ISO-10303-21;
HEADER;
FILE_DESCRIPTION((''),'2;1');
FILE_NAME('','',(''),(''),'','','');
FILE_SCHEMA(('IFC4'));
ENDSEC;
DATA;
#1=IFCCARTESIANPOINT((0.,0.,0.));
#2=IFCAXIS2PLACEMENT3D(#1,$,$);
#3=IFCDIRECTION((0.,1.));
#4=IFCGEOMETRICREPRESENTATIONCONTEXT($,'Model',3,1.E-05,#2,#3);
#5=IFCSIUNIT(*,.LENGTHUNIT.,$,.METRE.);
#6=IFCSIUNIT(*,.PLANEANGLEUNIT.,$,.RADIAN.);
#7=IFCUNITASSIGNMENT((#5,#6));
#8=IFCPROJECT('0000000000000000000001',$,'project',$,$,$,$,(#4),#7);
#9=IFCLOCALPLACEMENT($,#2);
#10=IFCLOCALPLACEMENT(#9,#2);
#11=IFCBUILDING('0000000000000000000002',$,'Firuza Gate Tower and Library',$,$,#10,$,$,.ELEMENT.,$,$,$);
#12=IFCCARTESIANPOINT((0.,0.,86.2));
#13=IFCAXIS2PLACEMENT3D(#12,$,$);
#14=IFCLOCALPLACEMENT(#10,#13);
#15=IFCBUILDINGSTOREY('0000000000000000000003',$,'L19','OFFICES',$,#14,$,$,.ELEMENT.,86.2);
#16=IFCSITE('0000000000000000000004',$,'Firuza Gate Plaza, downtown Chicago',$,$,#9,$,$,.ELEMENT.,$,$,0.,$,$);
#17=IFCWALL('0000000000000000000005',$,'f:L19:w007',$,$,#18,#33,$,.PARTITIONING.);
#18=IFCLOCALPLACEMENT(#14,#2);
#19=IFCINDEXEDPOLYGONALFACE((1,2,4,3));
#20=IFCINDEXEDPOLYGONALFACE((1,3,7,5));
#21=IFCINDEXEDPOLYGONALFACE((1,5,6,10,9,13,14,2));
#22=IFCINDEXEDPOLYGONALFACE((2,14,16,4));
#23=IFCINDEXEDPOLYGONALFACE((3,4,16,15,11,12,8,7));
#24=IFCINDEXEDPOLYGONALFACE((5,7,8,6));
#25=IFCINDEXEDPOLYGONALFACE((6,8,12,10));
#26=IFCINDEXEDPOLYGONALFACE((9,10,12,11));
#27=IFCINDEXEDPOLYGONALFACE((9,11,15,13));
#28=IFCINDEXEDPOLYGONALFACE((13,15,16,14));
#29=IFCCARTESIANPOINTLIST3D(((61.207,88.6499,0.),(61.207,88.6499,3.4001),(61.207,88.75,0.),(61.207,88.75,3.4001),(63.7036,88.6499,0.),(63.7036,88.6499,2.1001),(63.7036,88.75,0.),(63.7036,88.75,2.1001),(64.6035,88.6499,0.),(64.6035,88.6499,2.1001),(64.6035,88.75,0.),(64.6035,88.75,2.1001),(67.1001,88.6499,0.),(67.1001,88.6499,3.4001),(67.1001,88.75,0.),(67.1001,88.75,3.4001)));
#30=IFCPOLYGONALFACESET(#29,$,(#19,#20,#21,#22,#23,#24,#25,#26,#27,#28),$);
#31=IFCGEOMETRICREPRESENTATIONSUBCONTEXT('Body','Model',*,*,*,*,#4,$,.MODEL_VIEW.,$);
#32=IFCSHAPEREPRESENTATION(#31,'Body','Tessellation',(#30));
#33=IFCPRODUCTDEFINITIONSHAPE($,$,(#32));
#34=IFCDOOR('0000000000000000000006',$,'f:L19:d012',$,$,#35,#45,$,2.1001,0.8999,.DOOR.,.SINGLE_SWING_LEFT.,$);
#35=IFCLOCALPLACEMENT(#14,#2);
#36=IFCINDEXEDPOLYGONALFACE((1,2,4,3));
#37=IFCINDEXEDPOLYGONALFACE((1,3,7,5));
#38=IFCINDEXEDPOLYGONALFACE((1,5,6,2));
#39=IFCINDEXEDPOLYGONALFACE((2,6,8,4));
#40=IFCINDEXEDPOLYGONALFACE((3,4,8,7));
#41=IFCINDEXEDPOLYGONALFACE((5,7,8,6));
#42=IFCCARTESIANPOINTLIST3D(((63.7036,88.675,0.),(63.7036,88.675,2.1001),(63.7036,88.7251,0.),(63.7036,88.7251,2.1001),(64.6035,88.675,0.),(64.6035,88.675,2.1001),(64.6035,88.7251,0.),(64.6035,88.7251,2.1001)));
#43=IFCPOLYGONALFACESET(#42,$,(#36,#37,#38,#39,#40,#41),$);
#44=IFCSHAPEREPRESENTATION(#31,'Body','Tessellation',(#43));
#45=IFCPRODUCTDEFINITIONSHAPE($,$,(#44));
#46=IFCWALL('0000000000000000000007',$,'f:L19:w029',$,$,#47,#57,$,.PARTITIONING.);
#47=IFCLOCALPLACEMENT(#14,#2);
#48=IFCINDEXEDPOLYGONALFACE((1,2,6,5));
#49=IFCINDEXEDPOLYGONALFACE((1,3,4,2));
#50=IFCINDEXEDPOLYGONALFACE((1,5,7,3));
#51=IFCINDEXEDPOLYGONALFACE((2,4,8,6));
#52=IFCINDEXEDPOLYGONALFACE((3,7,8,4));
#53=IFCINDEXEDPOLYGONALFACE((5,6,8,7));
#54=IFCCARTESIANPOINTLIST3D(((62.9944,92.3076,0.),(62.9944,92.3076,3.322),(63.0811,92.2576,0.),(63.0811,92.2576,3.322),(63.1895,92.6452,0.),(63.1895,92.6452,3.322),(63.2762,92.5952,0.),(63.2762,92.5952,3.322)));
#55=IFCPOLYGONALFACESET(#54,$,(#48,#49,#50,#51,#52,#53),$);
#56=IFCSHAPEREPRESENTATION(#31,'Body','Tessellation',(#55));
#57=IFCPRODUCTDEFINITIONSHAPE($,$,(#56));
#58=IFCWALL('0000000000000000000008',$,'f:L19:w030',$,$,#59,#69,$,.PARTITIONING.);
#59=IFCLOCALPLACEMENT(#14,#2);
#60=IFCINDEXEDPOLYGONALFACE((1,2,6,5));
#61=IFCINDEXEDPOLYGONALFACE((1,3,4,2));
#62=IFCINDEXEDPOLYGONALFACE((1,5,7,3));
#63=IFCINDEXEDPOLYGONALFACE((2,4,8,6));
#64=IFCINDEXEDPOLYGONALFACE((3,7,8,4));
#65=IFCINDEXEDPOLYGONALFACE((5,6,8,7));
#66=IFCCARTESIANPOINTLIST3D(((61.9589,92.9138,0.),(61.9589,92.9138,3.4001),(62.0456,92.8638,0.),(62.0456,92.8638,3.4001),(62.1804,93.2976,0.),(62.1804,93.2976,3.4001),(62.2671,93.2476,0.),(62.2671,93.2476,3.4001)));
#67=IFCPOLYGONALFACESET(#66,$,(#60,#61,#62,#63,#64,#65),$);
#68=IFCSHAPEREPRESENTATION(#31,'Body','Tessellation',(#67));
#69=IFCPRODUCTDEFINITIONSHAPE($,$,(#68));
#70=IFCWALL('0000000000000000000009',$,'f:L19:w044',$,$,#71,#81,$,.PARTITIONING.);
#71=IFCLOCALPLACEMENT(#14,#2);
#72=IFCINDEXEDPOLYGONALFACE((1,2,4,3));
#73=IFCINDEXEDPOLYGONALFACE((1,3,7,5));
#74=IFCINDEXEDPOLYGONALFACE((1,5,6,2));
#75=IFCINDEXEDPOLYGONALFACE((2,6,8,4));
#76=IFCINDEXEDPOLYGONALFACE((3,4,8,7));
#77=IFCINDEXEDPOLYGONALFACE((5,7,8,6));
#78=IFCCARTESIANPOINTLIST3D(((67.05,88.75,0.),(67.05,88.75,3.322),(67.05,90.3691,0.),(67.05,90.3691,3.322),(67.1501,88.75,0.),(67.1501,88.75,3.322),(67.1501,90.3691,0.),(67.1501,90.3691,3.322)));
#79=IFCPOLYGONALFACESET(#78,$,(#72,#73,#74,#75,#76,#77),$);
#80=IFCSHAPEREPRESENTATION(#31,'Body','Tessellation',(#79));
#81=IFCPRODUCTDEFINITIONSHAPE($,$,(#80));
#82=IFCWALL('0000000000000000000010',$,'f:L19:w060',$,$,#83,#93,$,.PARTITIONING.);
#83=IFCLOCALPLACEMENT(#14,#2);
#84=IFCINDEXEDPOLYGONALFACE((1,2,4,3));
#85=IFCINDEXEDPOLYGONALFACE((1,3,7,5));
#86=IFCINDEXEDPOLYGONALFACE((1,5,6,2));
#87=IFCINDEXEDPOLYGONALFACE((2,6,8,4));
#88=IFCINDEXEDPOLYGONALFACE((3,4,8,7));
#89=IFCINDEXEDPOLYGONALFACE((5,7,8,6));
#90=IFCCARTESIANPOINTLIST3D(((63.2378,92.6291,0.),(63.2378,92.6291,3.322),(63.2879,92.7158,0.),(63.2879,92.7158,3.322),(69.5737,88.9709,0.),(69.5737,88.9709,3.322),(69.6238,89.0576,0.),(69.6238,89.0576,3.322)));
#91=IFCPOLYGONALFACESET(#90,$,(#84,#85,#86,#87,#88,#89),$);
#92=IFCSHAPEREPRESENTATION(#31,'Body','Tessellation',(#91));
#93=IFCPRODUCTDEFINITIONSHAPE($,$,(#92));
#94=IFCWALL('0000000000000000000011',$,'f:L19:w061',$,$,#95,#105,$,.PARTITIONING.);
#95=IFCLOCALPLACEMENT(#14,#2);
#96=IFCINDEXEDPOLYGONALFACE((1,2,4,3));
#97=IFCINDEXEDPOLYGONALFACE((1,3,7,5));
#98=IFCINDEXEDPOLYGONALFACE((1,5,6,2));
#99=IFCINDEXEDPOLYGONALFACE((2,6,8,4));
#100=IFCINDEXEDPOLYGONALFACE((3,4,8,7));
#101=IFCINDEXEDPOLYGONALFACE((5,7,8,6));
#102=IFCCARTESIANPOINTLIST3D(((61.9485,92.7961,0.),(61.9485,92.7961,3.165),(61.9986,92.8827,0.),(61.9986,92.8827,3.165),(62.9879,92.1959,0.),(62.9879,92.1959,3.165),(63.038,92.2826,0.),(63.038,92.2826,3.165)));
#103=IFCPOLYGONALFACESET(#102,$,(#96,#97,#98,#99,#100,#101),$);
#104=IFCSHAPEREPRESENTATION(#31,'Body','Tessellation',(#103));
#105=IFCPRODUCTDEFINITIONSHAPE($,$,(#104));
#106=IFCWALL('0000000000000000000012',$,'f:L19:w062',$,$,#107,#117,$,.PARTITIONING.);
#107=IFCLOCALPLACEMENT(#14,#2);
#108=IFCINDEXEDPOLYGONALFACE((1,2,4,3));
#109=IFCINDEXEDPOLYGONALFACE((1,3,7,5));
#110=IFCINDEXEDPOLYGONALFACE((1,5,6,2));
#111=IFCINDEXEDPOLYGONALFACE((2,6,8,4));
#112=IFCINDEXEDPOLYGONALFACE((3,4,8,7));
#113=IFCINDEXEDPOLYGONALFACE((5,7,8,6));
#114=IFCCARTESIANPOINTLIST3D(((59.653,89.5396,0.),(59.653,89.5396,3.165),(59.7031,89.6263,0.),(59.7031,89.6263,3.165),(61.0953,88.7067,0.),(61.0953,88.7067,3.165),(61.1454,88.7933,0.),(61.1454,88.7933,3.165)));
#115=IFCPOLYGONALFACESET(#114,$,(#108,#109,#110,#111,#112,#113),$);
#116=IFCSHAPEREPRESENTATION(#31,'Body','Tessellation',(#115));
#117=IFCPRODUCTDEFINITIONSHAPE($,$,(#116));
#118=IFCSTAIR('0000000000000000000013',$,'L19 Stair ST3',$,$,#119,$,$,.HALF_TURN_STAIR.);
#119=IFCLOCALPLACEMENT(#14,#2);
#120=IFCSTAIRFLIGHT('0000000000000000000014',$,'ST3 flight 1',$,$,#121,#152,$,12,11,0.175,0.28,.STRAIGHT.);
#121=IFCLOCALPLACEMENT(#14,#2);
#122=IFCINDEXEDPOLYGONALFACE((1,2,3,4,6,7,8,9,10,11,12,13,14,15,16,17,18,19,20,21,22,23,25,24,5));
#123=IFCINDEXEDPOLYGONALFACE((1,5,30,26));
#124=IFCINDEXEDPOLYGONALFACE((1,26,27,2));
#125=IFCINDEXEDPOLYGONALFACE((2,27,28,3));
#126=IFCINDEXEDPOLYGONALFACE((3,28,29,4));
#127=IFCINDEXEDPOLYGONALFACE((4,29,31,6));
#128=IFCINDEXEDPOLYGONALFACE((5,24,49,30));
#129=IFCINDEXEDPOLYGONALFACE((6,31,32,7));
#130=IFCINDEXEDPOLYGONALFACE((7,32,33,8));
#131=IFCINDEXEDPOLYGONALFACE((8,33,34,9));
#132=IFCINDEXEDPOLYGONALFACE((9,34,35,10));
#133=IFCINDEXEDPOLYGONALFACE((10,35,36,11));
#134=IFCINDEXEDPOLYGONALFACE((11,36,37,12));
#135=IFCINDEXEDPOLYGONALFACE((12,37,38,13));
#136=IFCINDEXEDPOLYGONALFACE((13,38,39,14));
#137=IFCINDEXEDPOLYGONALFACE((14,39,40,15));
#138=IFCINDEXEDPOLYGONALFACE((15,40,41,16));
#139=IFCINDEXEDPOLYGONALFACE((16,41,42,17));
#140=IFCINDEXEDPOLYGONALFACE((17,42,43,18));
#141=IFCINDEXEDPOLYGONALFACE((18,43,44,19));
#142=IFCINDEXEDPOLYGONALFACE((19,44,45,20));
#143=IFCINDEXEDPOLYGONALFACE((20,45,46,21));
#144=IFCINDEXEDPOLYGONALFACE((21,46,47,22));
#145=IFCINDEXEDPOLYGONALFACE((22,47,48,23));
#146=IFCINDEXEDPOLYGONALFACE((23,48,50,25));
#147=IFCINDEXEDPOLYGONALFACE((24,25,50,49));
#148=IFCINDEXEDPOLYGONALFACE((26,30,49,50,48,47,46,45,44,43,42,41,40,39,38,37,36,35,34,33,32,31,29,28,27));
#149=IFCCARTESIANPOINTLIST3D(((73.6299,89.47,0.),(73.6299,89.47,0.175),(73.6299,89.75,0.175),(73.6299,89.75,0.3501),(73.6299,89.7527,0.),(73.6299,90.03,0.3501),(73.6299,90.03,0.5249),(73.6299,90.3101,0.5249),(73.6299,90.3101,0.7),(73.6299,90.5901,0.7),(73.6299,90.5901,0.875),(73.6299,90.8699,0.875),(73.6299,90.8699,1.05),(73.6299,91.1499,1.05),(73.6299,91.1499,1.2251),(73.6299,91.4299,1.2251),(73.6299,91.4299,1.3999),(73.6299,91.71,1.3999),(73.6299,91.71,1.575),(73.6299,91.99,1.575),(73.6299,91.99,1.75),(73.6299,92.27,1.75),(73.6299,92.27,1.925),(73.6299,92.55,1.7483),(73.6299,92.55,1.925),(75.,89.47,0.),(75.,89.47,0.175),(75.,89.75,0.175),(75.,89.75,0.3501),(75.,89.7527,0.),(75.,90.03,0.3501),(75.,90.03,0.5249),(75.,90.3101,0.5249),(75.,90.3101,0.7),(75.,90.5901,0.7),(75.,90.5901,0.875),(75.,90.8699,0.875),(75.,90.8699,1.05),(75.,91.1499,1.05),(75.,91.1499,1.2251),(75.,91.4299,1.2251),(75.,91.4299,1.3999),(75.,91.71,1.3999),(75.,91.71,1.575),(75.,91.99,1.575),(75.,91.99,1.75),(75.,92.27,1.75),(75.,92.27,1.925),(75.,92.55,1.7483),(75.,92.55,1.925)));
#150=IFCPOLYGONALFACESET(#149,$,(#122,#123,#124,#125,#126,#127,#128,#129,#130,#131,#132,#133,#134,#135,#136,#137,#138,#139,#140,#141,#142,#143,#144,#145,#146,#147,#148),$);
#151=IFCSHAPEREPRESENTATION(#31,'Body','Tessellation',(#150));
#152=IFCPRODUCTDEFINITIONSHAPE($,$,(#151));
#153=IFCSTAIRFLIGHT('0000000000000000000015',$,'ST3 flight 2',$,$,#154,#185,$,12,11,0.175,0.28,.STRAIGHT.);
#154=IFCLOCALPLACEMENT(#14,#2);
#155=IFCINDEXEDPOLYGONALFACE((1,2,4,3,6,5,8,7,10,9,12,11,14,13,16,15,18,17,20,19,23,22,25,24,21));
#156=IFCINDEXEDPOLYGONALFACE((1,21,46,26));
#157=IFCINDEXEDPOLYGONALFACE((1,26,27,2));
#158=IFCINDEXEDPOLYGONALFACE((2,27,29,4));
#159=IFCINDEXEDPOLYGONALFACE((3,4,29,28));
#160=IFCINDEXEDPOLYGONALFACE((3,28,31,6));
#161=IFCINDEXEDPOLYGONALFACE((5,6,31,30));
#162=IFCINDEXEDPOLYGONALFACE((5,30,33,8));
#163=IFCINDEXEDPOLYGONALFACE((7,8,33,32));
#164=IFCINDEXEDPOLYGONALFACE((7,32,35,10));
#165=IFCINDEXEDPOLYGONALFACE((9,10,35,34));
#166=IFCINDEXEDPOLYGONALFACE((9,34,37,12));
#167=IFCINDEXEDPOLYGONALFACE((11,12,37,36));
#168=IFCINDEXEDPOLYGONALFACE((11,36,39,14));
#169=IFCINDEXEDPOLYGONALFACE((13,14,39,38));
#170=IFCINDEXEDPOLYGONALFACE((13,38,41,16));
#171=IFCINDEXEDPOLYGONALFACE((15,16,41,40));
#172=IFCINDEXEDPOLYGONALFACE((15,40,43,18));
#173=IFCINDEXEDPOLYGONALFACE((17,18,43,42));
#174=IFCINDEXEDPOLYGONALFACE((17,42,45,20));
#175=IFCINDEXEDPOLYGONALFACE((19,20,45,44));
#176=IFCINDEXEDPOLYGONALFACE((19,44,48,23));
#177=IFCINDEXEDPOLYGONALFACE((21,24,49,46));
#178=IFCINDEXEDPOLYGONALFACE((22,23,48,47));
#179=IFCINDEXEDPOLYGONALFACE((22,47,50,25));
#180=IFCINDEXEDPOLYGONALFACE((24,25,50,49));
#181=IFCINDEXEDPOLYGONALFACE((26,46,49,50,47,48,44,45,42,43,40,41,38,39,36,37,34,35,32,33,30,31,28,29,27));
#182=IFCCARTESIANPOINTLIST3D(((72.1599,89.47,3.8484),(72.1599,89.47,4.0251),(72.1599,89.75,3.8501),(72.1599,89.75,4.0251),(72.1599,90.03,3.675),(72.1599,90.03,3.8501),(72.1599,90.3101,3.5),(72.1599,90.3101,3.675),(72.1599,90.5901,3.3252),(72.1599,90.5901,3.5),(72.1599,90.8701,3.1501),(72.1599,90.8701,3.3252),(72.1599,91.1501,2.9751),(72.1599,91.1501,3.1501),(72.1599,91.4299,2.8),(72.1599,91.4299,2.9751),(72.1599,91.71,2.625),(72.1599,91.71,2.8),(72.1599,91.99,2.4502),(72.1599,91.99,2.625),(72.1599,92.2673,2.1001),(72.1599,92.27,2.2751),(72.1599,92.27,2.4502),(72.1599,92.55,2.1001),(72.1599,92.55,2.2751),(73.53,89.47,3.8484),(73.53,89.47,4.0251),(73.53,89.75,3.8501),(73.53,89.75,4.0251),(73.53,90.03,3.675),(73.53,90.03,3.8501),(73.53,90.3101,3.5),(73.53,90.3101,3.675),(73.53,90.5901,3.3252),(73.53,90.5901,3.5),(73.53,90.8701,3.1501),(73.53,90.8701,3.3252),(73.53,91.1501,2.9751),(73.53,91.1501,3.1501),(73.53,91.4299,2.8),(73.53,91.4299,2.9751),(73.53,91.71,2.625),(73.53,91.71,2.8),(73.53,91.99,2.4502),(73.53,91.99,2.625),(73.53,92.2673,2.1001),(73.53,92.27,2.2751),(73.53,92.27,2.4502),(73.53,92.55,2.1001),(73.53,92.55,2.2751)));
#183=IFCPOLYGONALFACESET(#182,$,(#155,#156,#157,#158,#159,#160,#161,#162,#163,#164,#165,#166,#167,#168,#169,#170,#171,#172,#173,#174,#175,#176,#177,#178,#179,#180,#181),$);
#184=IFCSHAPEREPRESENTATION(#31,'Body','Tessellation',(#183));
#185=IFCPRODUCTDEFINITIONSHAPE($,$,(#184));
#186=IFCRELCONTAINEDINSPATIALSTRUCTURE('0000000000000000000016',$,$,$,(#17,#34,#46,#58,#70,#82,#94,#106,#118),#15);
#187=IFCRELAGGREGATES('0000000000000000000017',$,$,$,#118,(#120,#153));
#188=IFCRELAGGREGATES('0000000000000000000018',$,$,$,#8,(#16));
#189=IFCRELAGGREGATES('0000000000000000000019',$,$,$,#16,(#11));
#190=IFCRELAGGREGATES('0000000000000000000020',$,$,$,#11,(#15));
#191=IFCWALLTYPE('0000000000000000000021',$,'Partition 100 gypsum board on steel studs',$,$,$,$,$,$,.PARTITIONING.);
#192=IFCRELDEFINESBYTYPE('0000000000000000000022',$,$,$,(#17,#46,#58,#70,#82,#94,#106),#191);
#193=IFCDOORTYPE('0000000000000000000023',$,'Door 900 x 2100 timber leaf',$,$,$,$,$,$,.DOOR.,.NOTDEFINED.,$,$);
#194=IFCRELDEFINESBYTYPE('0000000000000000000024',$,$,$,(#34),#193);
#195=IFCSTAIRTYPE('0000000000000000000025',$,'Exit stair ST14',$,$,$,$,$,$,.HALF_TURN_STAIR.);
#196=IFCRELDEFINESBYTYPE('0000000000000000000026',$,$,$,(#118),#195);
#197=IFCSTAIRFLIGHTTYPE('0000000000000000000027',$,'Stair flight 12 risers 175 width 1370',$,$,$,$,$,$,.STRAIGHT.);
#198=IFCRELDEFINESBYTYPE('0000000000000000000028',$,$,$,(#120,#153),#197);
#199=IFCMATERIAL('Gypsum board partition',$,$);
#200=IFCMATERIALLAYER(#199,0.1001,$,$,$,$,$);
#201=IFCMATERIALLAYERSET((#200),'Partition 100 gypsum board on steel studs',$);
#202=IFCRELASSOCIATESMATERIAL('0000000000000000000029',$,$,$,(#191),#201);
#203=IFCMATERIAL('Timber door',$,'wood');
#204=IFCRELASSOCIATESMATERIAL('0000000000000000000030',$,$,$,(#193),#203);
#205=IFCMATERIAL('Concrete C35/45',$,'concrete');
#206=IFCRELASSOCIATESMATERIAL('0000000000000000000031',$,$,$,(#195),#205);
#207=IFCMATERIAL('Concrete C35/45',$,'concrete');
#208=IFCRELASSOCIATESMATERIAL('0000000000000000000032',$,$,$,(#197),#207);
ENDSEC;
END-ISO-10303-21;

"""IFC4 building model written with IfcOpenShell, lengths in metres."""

from ifc_helpers import new_model, si_unit, direction, frame, frame_2d, origin, place, context, subcontext, project, spatial, polyline, rectangle, outline, extrude, material, layer, layer_set, type_object, element, fill, aggregate, save


model = new_model("IFC4")

# Units and contexts
model_context = context("Model", 3, precision=1e-05, world=origin(), true_north=direction((0.0, 1.0)))
body_context = subcontext(model_context, "Body", "Model", "MODEL_VIEW")
ifc_project = project(units=[si_unit("LENGTHUNIT", "METRE"), si_unit("PLANEANGLEUNIT", "RADIAN")], contexts=[model_context])

# Site, building, storey
site_placement = place(None, origin())
site = spatial("IfcSite", under=ifc_project, at=site_placement, Name="Firuza Gate Plaza, downtown Chicago", CompositionType="ELEMENT", RefElevation=0.0)
building_placement = place(site_placement, origin())
building = spatial("IfcBuilding", under=site, at=building_placement, Name="Firuza Gate Tower and Library", CompositionType="ELEMENT")
storey_placement = place(building_placement, frame((0.0, 0.0, 86.2)))
storey = spatial("IfcBuildingStorey", under=building, at=storey_placement, Name="L19", Description="OFFICES", CompositionType="ELEMENT", Elevation=86.2)

# Shared definitions
placement = place(storey_placement, origin())

# Wall, opening, door
ifc_material_1 = material(Name="Gypsum board partition")
ifc_layer_1 = layer(ifc_material_1, 0.1001)
ifc_layer_set_1 = layer_set([ifc_layer_1], Name="Partition 100 gypsum board on steel studs")
wall_type_1 = type_object("IfcWallType", Name="Partition 100 gypsum board on steel studs", PredefinedType="PARTITIONING", material=ifc_layer_set_1)
wall_1_placement = place(storey_placement, frame((67.1001, 88.7, 0.0), z_axis=(0.0, 0.0, 1.0), x_axis=(-1.0, 0.0, 0.0)))
wall_1 = element("IfcWall", 1, at=wall_1_placement, inside=storey, type_object=wall_type_1, Name="f:L19:w007", PredefinedType="PARTITIONING", context=body_context, shape_type="SweptSolid", body=[
    extrude(rectangle(XDim=5.8931, YDim=0.1001, at=frame_2d((2.9465, 0.0))), origin(), (0.0, 0.0, 1.0), 3.4001),
])
opening_1_placement = place(wall_1_placement, frame((2.4966, 0.0, 0.0)))
opening_1 = element("IfcOpeningElement", 2, at=opening_1_placement, cuts=wall_1, PredefinedType="OPENING", context=body_context, shape_type="SweptSolid", body=[
    extrude(rectangle(XDim=0.8999, YDim=2.1001, at=frame_2d((0.45, 1.05))), frame((0.0, 0.0601, 0.0), z_axis=(0.0, -1.0, 0.0), x_axis=(1.0, 0.0, 0.0)), (0.0, 0.0, 1.0), 0.1201),
])
ifc_material_2 = material(Name="Timber door", Category="wood")
door_type_1 = type_object("IfcDoorType", Name="Door 900 x 2100 timber leaf", OperationType="NOTDEFINED", PredefinedType="DOOR", material=ifc_material_2)
door_1_placement = place(opening_1_placement, origin())
door_1 = element("IfcDoor", 3, at=door_1_placement, inside=storey, type_object=door_type_1, Name="f:L19:d012", OperationType="SINGLE_SWING_LEFT", OverallHeight=2.1001, OverallWidth=0.8999, PredefinedType="DOOR", context=body_context, shape_type="SweptSolid", body=[
    extrude(rectangle(XDim=0.8999, YDim=2.1001, at=frame_2d((0.45, 1.05))), frame((0.0, 0.0249, 0.0), z_axis=(0.0, -1.0, 0.0), x_axis=(1.0, 0.0, 0.0)), (0.0, 0.0, 1.0), 0.05),
])
fill(opening_1, door_1)

# Walls
wall_2_placement = place(storey_placement, frame((63.0378, 92.2827, 0.0), z_axis=(0.0, 0.0, 1.0), x_axis=(0.500246, 0.865883, 0.0)))
element("IfcWall", 4, at=wall_2_placement, inside=storey, type_object=wall_type_1, Name="f:L19:w029", PredefinedType="PARTITIONING", context=body_context, shape_type="SweptSolid", body=[
    extrude(rectangle(XDim=0.3899, YDim=0.1001, at=frame_2d((0.1948, 0.0))), origin(), (0.0, 0.0, 1.0), 3.322),
])
wall_3_placement = place(storey_placement, frame((62.0022, 92.8887, 0.0), z_axis=(0.0, 0.0, 1.0), x_axis=(0.499754, 0.866167, 0.0)))
element("IfcWall", 5, at=wall_3_placement, inside=storey, type_object=wall_type_1, Name="f:L19:w030", PredefinedType="PARTITIONING", context=body_context, shape_type="SweptSolid", body=[
    extrude(rectangle(XDim=0.4431, YDim=0.1001, at=frame_2d((0.2217, 0.0))), origin(), (0.0, 0.0, 1.0), 3.4001),
])
wall_4_placement = place(storey_placement, frame((67.1001, 88.75, 0.0), z_axis=(0.0, 0.0, 1.0), x_axis=(0.0, 1.0, 0.0)))
element("IfcWall", 6, at=wall_4_placement, inside=storey, type_object=wall_type_1, Name="f:L19:w044", PredefinedType="PARTITIONING", context=body_context, shape_type="SweptSolid", body=[
    extrude(rectangle(XDim=1.6191, YDim=0.1001, at=frame_2d((0.8096, 0.0))), origin(), (0.0, 0.0, 1.0), 3.322),
])
wall_5_placement = place(storey_placement, frame((69.5989, 89.0142, 0.0), z_axis=(0.0, 0.0, 1.0), x_axis=(-0.866017, 0.500015, 0.0)))
element("IfcWall", 7, at=wall_5_placement, inside=storey, type_object=wall_type_1, Name="f:L19:w060", PredefinedType="PARTITIONING", context=body_context, shape_type="SweptSolid", body=[
    extrude(rectangle(XDim=7.3162, YDim=0.1001, at=frame_2d((3.6582, 0.0))), origin(), (0.0, 0.0, 1.0), 3.322),
])
wall_6_placement = place(storey_placement, frame((63.0129, 92.2393, 0.0), z_axis=(0.0, 0.0, 1.0), x_axis=(-0.866006, 0.500034, 0.0)))
element("IfcWall", 8, at=wall_6_placement, inside=storey, type_object=wall_type_1, Name="f:L19:w061", PredefinedType="PARTITIONING", context=body_context, shape_type="SweptSolid", body=[
    extrude(rectangle(XDim=1.2002, YDim=0.1001, at=frame_2d((0.6001, 0.0))), origin(), (0.0, 0.0, 1.0), 3.165),
])
wall_7_placement = place(storey_placement, frame((61.1204, 88.75, 0.0), z_axis=(0.0, 0.0, 1.0), x_axis=(-0.865961, 0.500112, 0.0)))
element("IfcWall", 9, at=wall_7_placement, inside=storey, type_object=wall_type_1, Name="f:L19:w062", PredefinedType="PARTITIONING", context=body_context, shape_type="SweptSolid", body=[
    extrude(rectangle(XDim=1.6655, YDim=0.1001, at=frame_2d((0.8328, 0.0))), origin(), (0.0, 0.0, 1.0), 3.165),
])

# Stair, stair flights
ifc_material_3 = material(Name="Concrete C35/45", Category="concrete")
stair_type = type_object("IfcStairType", Name="Exit stair ST14", PredefinedType="HALF_TURN_STAIR", material=ifc_material_3)
stair = element("IfcStair", 10, at=placement, inside=storey, type_object=stair_type, Name="L19 Stair ST3", PredefinedType="HALF_TURN_STAIR")
ifc_material_4 = material(Name="Concrete C35/45", Category="concrete")
stair_flight_type = type_object("IfcStairFlightType", Name="Stair flight 12 risers 175 width 1370", PredefinedType="STRAIGHT", material=ifc_material_4)
stair_flight_1_placement = place(storey_placement, frame((74.3149, 89.47, 0.0), z_axis=(0.0, 0.0, 1.0), x_axis=(0.0, 1.0, 0.0)))
stair_flight_1 = element("IfcStairFlight", 11, at=stair_flight_1_placement, type_object=stair_flight_type, Name="ST3 flight 1", NumberOfRisers=12, NumberOfTreads=11, PredefinedType="STRAIGHT", RiserHeight=0.175, TreadLength=0.28, context=body_context, shape_type="SweptSolid", body=[
    extrude(outline(polyline([(0.0, 0.0), (0.0, 0.175), (0.28, 0.175), (0.28, 0.3501), (0.5601, 0.3501), (0.5601, 0.5249), (0.8401, 0.5249), (0.8401, 0.7), (1.1201, 0.7), (1.1201, 0.875), (1.3999, 0.875), (1.3999, 1.05), (1.6799, 1.05), (1.6799, 1.2251), (1.96, 1.2251), (1.96, 1.3999), (2.24, 1.3999), (2.24, 1.575), (2.52, 1.575), (2.52, 1.75), (2.8, 1.75), (2.8, 1.925), (3.0801, 1.925), (3.0801, 2.1001), (3.0801, 1.7483), (0.2827, 0.0), (0.0, 0.0)])), frame((0.0, 0.6851, 0.0), z_axis=(0.0, -1.0, 0.0), x_axis=(1.0, 0.0, 0.0)), (0.0, 0.0, 1.0), 1.3701),
])
stair_flight_2_placement = place(storey_placement, frame((72.845, 92.55, 2.1001), z_axis=(0.0, 0.0, 1.0), x_axis=(0.0, -1.0, 0.0)))
stair_flight_2 = element("IfcStairFlight", 12, at=stair_flight_2_placement, type_object=stair_flight_type, Name="ST3 flight 2", NumberOfRisers=12, NumberOfTreads=11, PredefinedType="STRAIGHT", RiserHeight=0.175, TreadLength=0.28, context=body_context, shape_type="SweptSolid", body=[
    extrude(outline(polyline([(0.0, 0.0), (0.0, 0.175), (0.28, 0.175), (0.28, 0.3501), (0.5601, 0.3501), (0.5601, 0.5249), (0.8401, 0.5249), (0.8401, 0.7), (1.1201, 0.7), (1.1201, 0.875), (1.3999, 0.875), (1.3999, 1.05), (1.6799, 1.05), (1.6799, 1.2251), (1.96, 1.2251), (1.96, 1.3999), (2.24, 1.3999), (2.24, 1.575), (2.52, 1.575), (2.52, 1.75), (2.8, 1.75), (2.8, 1.925), (3.0801, 1.925), (3.0801, 2.1001), (3.0801, 1.7483), (0.2827, 0.0), (0.0, 0.0)])), frame((0.0, 0.6851, 0.0), z_axis=(0.0, -1.0, 0.0), x_axis=(1.0, 0.0, 0.0)), (0.0, 0.0, 1.0), 1.3701),
])
aggregate(stair, [stair_flight_1, stair_flight_2])

save(model, "model.ifc")
